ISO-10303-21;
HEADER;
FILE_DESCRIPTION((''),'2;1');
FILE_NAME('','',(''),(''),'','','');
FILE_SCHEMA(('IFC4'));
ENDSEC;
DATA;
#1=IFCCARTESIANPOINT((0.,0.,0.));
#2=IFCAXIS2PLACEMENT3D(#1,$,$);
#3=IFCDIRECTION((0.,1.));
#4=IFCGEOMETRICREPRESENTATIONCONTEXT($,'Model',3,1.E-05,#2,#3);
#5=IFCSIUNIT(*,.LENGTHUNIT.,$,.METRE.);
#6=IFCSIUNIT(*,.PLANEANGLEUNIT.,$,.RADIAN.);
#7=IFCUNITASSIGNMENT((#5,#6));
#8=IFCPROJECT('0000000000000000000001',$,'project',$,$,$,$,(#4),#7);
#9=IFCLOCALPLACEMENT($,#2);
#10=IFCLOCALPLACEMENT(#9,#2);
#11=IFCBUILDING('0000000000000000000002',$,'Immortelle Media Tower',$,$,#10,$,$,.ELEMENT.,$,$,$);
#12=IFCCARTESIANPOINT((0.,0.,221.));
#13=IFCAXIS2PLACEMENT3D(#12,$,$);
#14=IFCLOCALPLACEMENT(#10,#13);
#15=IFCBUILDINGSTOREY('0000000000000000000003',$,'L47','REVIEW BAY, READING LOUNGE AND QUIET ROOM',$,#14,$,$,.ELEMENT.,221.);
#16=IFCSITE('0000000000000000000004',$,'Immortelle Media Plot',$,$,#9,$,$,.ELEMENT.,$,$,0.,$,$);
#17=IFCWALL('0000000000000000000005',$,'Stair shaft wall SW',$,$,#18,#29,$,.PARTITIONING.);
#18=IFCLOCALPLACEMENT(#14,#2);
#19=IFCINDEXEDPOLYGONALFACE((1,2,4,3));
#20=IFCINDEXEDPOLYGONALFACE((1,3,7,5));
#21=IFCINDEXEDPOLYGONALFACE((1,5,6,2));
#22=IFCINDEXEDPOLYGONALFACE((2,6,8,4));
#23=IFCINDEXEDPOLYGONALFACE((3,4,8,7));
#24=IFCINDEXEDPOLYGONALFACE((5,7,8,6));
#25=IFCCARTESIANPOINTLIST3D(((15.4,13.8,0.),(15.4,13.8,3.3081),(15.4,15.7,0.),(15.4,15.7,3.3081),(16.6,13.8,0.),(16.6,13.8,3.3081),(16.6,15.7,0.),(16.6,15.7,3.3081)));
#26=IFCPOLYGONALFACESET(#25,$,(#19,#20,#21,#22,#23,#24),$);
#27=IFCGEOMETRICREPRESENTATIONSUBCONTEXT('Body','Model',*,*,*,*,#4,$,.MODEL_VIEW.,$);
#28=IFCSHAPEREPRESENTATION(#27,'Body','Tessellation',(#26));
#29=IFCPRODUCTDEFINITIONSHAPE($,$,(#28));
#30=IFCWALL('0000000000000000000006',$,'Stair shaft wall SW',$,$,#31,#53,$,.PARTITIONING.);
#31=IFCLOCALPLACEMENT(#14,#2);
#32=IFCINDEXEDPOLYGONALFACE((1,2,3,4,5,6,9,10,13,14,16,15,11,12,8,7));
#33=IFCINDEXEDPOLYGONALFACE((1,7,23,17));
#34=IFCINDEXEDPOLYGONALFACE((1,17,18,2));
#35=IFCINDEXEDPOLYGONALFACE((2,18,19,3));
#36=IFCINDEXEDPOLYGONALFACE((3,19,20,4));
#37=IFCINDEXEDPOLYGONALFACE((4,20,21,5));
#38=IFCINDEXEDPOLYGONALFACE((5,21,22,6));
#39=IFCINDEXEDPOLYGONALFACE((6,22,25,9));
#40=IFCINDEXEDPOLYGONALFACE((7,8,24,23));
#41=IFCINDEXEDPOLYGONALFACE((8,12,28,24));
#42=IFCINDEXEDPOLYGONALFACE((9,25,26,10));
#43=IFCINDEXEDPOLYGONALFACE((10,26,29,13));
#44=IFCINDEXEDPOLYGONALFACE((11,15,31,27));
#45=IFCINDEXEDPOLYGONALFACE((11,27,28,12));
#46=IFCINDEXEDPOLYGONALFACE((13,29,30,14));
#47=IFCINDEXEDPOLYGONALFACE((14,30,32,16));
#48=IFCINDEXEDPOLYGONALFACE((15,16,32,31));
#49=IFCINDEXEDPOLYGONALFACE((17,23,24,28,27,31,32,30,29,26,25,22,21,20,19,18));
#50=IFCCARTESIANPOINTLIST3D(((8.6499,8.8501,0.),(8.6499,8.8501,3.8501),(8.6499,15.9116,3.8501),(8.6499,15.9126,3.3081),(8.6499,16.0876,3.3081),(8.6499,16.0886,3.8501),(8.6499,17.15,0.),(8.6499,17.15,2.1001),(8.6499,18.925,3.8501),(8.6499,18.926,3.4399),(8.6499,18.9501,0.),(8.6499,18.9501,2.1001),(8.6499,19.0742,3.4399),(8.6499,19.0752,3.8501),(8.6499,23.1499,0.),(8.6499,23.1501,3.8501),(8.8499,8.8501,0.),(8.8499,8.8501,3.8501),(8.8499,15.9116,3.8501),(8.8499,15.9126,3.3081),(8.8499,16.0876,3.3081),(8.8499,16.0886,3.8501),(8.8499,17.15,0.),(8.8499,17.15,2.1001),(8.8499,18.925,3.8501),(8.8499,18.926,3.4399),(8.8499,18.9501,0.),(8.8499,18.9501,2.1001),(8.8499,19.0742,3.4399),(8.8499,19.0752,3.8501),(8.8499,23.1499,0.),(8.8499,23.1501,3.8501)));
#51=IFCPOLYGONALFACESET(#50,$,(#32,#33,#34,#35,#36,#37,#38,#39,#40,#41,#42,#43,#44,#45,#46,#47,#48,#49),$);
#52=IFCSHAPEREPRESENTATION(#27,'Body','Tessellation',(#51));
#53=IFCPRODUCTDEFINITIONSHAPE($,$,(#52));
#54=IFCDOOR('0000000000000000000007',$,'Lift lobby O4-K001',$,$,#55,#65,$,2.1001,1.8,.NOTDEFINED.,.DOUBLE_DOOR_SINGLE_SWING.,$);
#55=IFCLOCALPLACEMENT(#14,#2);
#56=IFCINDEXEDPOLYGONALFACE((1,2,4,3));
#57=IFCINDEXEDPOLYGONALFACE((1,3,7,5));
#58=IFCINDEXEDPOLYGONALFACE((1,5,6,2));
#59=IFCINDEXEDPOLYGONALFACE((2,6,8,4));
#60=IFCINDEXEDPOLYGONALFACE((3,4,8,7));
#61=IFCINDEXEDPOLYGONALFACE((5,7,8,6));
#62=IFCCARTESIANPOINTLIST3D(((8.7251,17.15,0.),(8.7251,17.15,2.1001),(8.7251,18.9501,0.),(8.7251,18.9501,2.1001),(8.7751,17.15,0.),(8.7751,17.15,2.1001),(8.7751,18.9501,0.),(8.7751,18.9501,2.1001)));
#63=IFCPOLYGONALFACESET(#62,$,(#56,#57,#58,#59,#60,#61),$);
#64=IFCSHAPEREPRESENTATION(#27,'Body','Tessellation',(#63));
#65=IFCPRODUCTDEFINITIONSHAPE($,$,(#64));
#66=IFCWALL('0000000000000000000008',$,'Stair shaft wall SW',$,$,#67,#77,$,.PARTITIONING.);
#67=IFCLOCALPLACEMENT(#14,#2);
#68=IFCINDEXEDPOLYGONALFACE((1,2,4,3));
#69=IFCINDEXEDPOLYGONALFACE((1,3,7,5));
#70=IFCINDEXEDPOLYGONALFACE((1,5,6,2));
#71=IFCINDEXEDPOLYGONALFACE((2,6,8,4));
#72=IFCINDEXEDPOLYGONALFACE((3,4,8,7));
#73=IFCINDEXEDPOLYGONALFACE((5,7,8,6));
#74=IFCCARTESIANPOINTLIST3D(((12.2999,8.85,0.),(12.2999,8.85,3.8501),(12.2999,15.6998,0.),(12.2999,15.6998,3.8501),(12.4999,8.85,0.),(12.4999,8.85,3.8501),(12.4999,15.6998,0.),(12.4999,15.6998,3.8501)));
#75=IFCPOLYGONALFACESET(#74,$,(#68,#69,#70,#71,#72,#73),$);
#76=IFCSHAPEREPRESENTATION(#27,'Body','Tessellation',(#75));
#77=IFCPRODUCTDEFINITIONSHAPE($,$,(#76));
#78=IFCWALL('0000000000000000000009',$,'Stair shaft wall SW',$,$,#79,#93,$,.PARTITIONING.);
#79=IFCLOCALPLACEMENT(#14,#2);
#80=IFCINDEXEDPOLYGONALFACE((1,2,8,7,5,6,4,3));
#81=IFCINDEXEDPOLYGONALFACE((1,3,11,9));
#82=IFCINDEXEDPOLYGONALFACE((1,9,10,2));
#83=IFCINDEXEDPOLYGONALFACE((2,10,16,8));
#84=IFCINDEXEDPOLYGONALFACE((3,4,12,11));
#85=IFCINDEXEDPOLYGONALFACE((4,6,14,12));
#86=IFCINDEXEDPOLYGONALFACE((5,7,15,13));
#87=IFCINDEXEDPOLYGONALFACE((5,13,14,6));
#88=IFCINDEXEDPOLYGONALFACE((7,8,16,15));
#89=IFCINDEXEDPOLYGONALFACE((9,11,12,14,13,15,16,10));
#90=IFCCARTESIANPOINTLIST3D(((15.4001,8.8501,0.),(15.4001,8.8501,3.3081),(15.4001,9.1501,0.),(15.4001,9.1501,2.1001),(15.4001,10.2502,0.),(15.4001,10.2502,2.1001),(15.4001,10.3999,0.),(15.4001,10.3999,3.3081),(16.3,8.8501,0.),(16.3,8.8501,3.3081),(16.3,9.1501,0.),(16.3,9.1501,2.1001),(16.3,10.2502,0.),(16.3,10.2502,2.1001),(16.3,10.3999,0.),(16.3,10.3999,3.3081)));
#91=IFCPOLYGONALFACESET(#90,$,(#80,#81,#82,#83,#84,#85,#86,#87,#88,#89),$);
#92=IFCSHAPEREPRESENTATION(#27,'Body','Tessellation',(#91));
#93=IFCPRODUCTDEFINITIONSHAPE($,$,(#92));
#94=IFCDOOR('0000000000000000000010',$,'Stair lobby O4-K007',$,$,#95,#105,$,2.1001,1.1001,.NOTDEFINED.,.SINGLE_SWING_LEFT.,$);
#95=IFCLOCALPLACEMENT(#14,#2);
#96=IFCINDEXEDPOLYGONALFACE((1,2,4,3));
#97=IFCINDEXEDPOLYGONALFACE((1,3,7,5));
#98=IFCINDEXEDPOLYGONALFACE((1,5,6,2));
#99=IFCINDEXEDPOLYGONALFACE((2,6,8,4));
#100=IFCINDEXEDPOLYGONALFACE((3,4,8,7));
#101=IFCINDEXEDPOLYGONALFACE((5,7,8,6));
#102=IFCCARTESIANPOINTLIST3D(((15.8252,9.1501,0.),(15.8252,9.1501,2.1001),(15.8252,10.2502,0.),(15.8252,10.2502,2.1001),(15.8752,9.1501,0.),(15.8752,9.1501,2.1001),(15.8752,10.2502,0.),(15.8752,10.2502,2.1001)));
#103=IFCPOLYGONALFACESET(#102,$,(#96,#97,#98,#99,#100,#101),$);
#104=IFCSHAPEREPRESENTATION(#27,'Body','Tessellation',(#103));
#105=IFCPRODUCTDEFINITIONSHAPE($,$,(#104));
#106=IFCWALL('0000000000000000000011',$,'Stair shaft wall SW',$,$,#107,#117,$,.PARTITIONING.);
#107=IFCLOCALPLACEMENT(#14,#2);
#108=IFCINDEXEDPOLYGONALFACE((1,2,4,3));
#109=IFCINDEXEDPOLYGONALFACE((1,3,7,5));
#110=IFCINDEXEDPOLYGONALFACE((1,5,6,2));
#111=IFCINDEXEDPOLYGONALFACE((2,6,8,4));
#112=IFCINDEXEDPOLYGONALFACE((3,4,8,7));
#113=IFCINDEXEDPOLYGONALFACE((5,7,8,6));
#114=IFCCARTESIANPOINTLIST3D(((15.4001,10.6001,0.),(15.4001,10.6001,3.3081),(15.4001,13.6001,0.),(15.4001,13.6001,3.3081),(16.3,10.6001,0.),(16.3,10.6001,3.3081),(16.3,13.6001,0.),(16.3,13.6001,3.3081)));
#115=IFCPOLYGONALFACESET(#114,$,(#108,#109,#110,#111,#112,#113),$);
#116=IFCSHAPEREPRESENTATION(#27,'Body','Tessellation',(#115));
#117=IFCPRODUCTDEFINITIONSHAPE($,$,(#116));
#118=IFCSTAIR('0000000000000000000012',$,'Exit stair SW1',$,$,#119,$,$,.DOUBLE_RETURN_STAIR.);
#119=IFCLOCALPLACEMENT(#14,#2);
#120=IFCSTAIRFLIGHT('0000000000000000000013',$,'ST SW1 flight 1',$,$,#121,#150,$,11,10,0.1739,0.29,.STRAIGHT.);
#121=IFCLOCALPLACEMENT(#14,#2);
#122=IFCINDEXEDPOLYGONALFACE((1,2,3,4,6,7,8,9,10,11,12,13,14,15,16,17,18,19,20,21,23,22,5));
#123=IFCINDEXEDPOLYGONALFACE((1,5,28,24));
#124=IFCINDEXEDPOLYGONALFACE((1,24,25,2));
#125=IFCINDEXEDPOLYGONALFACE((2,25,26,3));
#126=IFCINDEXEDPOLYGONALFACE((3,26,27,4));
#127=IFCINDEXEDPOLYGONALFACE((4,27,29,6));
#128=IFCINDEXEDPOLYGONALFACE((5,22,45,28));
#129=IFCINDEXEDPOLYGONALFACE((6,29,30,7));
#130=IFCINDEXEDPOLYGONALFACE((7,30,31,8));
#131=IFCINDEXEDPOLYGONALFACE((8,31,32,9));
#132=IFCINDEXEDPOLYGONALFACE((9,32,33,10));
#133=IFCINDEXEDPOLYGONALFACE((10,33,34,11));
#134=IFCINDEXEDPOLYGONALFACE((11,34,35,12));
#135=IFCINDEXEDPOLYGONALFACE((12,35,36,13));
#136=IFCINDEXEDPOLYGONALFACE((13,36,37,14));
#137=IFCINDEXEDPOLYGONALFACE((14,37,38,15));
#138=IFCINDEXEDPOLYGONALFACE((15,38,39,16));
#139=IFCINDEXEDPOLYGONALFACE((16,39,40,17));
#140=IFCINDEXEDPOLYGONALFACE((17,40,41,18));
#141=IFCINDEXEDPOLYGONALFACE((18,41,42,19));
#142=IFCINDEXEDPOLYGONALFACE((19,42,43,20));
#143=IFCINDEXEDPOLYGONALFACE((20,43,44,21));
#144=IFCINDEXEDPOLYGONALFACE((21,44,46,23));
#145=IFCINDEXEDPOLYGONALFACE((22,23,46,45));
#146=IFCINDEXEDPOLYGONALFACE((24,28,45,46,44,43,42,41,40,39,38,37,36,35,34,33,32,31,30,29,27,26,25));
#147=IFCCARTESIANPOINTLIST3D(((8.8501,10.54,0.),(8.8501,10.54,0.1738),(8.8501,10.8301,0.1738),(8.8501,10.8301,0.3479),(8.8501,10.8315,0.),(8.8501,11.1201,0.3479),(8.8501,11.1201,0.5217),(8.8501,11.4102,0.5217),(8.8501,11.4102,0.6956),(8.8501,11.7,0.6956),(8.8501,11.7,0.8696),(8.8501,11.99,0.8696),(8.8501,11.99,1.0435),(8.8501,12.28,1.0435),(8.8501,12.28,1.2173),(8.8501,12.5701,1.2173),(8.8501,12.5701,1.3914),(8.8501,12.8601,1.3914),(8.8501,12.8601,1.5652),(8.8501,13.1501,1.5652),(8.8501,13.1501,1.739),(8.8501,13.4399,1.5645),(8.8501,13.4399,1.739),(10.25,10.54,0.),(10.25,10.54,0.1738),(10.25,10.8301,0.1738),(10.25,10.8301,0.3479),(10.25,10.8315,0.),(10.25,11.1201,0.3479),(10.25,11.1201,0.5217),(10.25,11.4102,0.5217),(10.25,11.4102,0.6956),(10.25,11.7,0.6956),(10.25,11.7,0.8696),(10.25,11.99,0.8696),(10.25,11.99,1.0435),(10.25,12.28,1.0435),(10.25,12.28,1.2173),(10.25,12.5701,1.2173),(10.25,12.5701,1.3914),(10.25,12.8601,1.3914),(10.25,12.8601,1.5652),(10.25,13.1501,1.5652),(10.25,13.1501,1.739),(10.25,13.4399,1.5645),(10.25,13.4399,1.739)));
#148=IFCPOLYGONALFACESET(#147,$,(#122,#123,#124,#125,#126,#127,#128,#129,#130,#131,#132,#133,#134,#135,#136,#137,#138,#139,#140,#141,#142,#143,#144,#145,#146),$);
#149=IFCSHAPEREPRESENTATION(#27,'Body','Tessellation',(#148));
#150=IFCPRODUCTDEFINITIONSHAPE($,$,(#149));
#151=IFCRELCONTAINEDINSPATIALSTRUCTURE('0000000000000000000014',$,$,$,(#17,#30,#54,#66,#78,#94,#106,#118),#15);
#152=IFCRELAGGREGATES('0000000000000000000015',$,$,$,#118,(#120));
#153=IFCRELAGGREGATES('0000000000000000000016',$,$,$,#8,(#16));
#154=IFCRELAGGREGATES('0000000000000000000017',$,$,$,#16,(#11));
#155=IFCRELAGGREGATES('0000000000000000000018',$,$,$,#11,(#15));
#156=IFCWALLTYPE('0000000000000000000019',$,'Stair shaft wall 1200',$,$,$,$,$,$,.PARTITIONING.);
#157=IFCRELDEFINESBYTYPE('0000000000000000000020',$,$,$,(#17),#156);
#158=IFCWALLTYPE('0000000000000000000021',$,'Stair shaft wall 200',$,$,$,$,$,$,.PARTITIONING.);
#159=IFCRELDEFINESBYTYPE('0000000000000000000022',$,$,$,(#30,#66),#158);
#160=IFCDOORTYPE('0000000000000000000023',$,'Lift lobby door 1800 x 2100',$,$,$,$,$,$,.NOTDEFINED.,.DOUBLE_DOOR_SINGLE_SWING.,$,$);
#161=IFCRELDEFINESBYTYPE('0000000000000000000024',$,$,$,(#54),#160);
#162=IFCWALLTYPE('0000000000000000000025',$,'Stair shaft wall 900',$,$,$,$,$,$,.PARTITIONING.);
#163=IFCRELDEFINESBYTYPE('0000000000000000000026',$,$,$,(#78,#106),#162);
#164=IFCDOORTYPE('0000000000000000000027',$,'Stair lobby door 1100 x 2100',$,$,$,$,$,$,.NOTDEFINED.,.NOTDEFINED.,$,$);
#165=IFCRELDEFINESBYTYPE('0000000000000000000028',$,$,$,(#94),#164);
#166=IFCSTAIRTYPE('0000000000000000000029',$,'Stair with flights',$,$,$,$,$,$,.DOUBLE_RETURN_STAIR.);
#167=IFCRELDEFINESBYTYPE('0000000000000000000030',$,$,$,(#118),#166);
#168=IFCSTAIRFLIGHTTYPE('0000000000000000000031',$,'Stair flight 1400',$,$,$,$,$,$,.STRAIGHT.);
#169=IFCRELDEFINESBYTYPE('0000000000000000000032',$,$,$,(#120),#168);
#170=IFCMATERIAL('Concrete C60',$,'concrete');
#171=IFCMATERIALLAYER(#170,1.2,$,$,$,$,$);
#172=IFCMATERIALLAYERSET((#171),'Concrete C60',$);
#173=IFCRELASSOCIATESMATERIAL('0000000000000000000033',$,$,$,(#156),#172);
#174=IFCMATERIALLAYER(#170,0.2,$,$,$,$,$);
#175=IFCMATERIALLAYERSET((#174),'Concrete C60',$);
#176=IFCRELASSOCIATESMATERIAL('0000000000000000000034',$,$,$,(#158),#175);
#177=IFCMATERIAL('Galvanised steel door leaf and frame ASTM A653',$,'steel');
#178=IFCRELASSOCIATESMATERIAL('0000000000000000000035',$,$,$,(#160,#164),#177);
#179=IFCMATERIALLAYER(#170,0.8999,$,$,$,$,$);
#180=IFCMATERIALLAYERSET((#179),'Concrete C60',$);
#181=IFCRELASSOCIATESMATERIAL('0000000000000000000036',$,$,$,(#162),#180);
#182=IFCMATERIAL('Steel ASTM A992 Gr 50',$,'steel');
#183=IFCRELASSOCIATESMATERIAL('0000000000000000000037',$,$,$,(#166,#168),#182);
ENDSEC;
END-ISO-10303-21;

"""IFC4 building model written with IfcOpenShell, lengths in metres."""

from ifc_helpers import new_model, si_unit, direction, frame, frame_2d, origin, place, context, subcontext, project, spatial, polyline, rectangle, outline, extrude, material, layer, layer_set, type_object, element, fill, aggregate, save


model = new_model("IFC4")

# Units and contexts
model_context = context("Model", 3, precision=1e-05, world=origin(), true_north=direction((0.0, 1.0)))
body_context = subcontext(model_context, "Body", "Model", "MODEL_VIEW")
ifc_project = project(units=[si_unit("LENGTHUNIT", "METRE"), si_unit("PLANEANGLEUNIT", "RADIAN")], contexts=[model_context])

# Site, building, storey
site_placement = place(None, origin())
site = spatial("IfcSite", under=ifc_project, at=site_placement, Name="Immortelle Media Plot", CompositionType="ELEMENT", RefElevation=0.0)
building_placement = place(site_placement, origin())
building = spatial("IfcBuilding", under=site, at=building_placement, Name="Immortelle Media Tower", CompositionType="ELEMENT")
storey_placement = place(building_placement, frame((0.0, 0.0, 221.0)))
storey = spatial("IfcBuildingStorey", under=building, at=storey_placement, Name="L47", Description="REVIEW BAY, READING LOUNGE AND QUIET ROOM", CompositionType="ELEMENT", Elevation=221.0)

# Shared definitions
ifc_material_1 = material(Name="Steel ASTM A992 Gr 50", Category="steel")

# Wall
ifc_material_2 = material(Name="Concrete C60", Category="concrete")
ifc_layer_1 = layer(ifc_material_2, 1.2)
ifc_layer_set_1 = layer_set([ifc_layer_1], Name="Concrete C60")
wall_type_1 = type_object("IfcWallType", Name="Stair shaft wall 1200", PredefinedType="PARTITIONING", material=ifc_layer_set_1)
wall_1_placement = place(storey_placement, frame((16.0, 13.8, 0.0), z_axis=(0.0, 0.0, 1.0), x_axis=(0.0, 1.0, 0.0)))
element("IfcWall", 1, at=wall_1_placement, inside=storey, type_object=wall_type_1, Name="Stair shaft wall SW", PredefinedType="PARTITIONING", context=body_context, shape_type="SweptSolid", body=[
    extrude(rectangle(XDim=1.8999, YDim=1.2, at=frame_2d((0.95, 0.0))), origin(), (0.0, 0.0, 1.0), 3.3081),
])

# Wall, opening, door
ifc_layer_2 = layer(ifc_material_2, 0.2)
ifc_layer_set_2 = layer_set([ifc_layer_2], Name="Concrete C60")
wall_type_2 = type_object("IfcWallType", Name="Stair shaft wall 200", PredefinedType="PARTITIONING", material=ifc_layer_set_2)
wall_2_placement = place(storey_placement, frame((8.75, 8.8501, 0.0), z_axis=(0.0, 0.0, 1.0), x_axis=(0.0, 1.0, 0.0)))
wall_2 = element("IfcWall", 2, at=wall_2_placement, inside=storey, type_object=wall_type_2, Name="Stair shaft wall SW", PredefinedType="PARTITIONING", context=body_context, shape_type="SweptSolid", body=[
    extrude(outline(polyline([(0.0, 0.0), (14.2998, 0.0), (14.3, 3.8501), (10.2251, 3.8501), (10.2241, 3.4399), (10.0759, 3.4399), (10.075, 3.8501), (7.2385, 3.8501), (7.2375, 3.3081), (7.0625, 3.3081), (7.0615, 3.8501), (0.0, 3.8501), (0.0, 0.0)])), frame((0.0, 0.1001, 0.0), z_axis=(0.0, -1.0, 0.0), x_axis=(1.0, 0.0, 0.0)), (0.0, 0.0, 1.0), 0.2),
])
opening_1_placement = place(wall_2_placement, frame((8.3, 0.0, 0.0)))
opening_1 = element("IfcOpeningElement", 3, at=opening_1_placement, cuts=wall_2, PredefinedType="OPENING", context=body_context, shape_type="SweptSolid", body=[
    extrude(rectangle(XDim=1.8, YDim=2.1001, at=frame_2d((0.8999, 1.05))), frame((0.0, 0.1099, 0.0), z_axis=(0.0, -1.0, 0.0), x_axis=(1.0, 0.0, 0.0)), (0.0, 0.0, 1.0), 0.22),
])
ifc_material_3 = material(Name="Galvanised steel door leaf and frame ASTM A653", Category="steel")
door_type_1 = type_object("IfcDoorType", Name="Lift lobby door 1800 x 2100", OperationType="DOUBLE_DOOR_SINGLE_SWING", PredefinedType="NOTDEFINED", material=ifc_material_3)
door_1_placement = place(opening_1_placement, origin())
door_1 = element("IfcDoor", 4, at=door_1_placement, inside=storey, type_object=door_type_1, Name="Lift lobby O4-K001", OperationType="DOUBLE_DOOR_SINGLE_SWING", OverallHeight=2.1001, OverallWidth=1.8, PredefinedType="NOTDEFINED", context=body_context, shape_type="SweptSolid", body=[
    extrude(rectangle(XDim=1.8, YDim=2.1001, at=frame_2d((0.8999, 1.05))), frame((0.0, 0.0249, 0.0), z_axis=(0.0, -1.0, 0.0), x_axis=(1.0, 0.0, 0.0)), (0.0, 0.0, 1.0), 0.05),
])
fill(opening_1, door_1)

# Wall
wall_3_placement = place(storey_placement, frame((12.3999, 8.8501, 0.0), z_axis=(0.0, 0.0, 1.0), x_axis=(0.0, 1.0, 0.0)))
element("IfcWall", 5, at=wall_3_placement, inside=storey, type_object=wall_type_2, Name="Stair shaft wall SW", PredefinedType="PARTITIONING", context=body_context, shape_type="SweptSolid", body=[
    extrude(rectangle(XDim=6.8499, YDim=0.2, at=frame_2d((3.4248, 0.0))), origin(), (0.0, 0.0, 1.0), 3.8501),
])

# Wall, opening, door
ifc_layer_3 = layer(ifc_material_2, 0.8999)
ifc_layer_set_3 = layer_set([ifc_layer_3], Name="Concrete C60")
wall_type_3 = type_object("IfcWallType", Name="Stair shaft wall 900", PredefinedType="PARTITIONING", material=ifc_layer_set_3)
wall_4_placement = place(storey_placement, frame((15.8501, 8.8501, 0.0), z_axis=(0.0, 0.0, 1.0), x_axis=(0.0, 1.0, 0.0)))
wall_4 = element("IfcWall", 6, at=wall_4_placement, inside=storey, type_object=wall_type_3, Name="Stair shaft wall SW", PredefinedType="PARTITIONING", context=body_context, shape_type="SweptSolid", body=[
    extrude(rectangle(XDim=1.5498, YDim=0.8999, at=frame_2d((0.7749, 0.0))), origin(), (0.0, 0.0, 1.0), 3.3081),
])
opening_2_placement = place(wall_4_placement, frame((0.3, 0.0, 0.0)))
opening_2 = element("IfcOpeningElement", 7, at=opening_2_placement, cuts=wall_4, PredefinedType="OPENING", context=body_context, shape_type="SweptSolid", body=[
    extrude(rectangle(XDim=1.1001, YDim=2.1001, at=frame_2d((0.55, 1.05))), frame((0.0, 0.46, 0.0), z_axis=(0.0, -1.0, 0.0), x_axis=(1.0, 0.0, 0.0)), (0.0, 0.0, 1.0), 0.9199),
])
door_type_2 = type_object("IfcDoorType", Name="Stair lobby door 1100 x 2100", OperationType="NOTDEFINED", PredefinedType="NOTDEFINED", material=ifc_material_3)
door_2_placement = place(opening_2_placement, origin())
door_2 = element("IfcDoor", 8, at=door_2_placement, inside=storey, type_object=door_type_2, Name="Stair lobby O4-K007", OperationType="SINGLE_SWING_LEFT", OverallHeight=2.1001, OverallWidth=1.1001, PredefinedType="NOTDEFINED", context=body_context, shape_type="SweptSolid", body=[
    extrude(rectangle(XDim=1.1001, YDim=2.1001, at=frame_2d((0.55, 1.05))), frame((0.0, 0.0249, 0.0), z_axis=(0.0, -1.0, 0.0), x_axis=(1.0, 0.0, 0.0)), (0.0, 0.0, 1.0), 0.05),
])
fill(opening_2, door_2)

# Wall
wall_5_placement = place(storey_placement, frame((15.8501, 10.6001, 0.0), z_axis=(0.0, 0.0, 1.0), x_axis=(0.0, 1.0, 0.0)))
element("IfcWall", 9, at=wall_5_placement, inside=storey, type_object=wall_type_3, Name="Stair shaft wall SW", PredefinedType="PARTITIONING", context=body_context, shape_type="SweptSolid", body=[
    extrude(rectangle(XDim=3.0, YDim=0.8999, at=frame_2d((1.5, 0.0))), origin(), (0.0, 0.0, 1.0), 3.3081),
])

# Stair, stair flight
stair_type = type_object("IfcStairType", Name="Stair with flights", PredefinedType="DOUBLE_RETURN_STAIR", material=ifc_material_1)
stair_1_placement = place(storey_placement, origin())
stair_1 = element("IfcStair", 10, at=stair_1_placement, inside=storey, type_object=stair_type, Name="Exit stair SW1", PredefinedType="DOUBLE_RETURN_STAIR")
stair_flight_type = type_object("IfcStairFlightType", Name="Stair flight 1400", PredefinedType="STRAIGHT", material=ifc_material_1)
stair_flight_1_placement = place(storey_placement, frame((9.55, 10.54, 0.0), z_axis=(0.0, 0.0, 1.0), x_axis=(0.0, 1.0, 0.0)))
stair_flight_1 = element("IfcStairFlight", 11, at=stair_flight_1_placement, type_object=stair_flight_type, Name="ST SW1 flight 1", NumberOfRisers=11, NumberOfTreads=10, PredefinedType="STRAIGHT", RiserHeight=0.1739, TreadLength=0.29, context=body_context, shape_type="SweptSolid", body=[
    extrude(outline(polyline([(0.0, 0.0), (0.0, 0.1738), (0.29, 0.1738), (0.29, 0.3479), (0.5801, 0.3479), (0.5801, 0.5217), (0.8701, 0.5217), (0.8701, 0.6956), (1.1599, 0.6956), (1.1599, 0.8696), (1.45, 0.8696), (1.45, 1.0435), (1.74, 1.0435), (1.74, 1.2173), (2.03, 1.2173), (2.03, 1.3914), (2.3201, 1.3914), (2.3201, 1.5652), (2.6101, 1.5652), (2.6101, 1.739), (2.8999, 1.739), (2.8999, 1.9131), (2.8999, 1.5645), (0.2915, 0.0), (0.0, 0.0)])), frame((0.0, 0.7, 0.0), z_axis=(0.0, -1.0, 0.0), x_axis=(1.0, 0.0, 0.0)), (0.0, 0.0, 1.0), 1.3999),
])
aggregate(stair_1, [stair_flight_1])

save(model, "model.ifc")
